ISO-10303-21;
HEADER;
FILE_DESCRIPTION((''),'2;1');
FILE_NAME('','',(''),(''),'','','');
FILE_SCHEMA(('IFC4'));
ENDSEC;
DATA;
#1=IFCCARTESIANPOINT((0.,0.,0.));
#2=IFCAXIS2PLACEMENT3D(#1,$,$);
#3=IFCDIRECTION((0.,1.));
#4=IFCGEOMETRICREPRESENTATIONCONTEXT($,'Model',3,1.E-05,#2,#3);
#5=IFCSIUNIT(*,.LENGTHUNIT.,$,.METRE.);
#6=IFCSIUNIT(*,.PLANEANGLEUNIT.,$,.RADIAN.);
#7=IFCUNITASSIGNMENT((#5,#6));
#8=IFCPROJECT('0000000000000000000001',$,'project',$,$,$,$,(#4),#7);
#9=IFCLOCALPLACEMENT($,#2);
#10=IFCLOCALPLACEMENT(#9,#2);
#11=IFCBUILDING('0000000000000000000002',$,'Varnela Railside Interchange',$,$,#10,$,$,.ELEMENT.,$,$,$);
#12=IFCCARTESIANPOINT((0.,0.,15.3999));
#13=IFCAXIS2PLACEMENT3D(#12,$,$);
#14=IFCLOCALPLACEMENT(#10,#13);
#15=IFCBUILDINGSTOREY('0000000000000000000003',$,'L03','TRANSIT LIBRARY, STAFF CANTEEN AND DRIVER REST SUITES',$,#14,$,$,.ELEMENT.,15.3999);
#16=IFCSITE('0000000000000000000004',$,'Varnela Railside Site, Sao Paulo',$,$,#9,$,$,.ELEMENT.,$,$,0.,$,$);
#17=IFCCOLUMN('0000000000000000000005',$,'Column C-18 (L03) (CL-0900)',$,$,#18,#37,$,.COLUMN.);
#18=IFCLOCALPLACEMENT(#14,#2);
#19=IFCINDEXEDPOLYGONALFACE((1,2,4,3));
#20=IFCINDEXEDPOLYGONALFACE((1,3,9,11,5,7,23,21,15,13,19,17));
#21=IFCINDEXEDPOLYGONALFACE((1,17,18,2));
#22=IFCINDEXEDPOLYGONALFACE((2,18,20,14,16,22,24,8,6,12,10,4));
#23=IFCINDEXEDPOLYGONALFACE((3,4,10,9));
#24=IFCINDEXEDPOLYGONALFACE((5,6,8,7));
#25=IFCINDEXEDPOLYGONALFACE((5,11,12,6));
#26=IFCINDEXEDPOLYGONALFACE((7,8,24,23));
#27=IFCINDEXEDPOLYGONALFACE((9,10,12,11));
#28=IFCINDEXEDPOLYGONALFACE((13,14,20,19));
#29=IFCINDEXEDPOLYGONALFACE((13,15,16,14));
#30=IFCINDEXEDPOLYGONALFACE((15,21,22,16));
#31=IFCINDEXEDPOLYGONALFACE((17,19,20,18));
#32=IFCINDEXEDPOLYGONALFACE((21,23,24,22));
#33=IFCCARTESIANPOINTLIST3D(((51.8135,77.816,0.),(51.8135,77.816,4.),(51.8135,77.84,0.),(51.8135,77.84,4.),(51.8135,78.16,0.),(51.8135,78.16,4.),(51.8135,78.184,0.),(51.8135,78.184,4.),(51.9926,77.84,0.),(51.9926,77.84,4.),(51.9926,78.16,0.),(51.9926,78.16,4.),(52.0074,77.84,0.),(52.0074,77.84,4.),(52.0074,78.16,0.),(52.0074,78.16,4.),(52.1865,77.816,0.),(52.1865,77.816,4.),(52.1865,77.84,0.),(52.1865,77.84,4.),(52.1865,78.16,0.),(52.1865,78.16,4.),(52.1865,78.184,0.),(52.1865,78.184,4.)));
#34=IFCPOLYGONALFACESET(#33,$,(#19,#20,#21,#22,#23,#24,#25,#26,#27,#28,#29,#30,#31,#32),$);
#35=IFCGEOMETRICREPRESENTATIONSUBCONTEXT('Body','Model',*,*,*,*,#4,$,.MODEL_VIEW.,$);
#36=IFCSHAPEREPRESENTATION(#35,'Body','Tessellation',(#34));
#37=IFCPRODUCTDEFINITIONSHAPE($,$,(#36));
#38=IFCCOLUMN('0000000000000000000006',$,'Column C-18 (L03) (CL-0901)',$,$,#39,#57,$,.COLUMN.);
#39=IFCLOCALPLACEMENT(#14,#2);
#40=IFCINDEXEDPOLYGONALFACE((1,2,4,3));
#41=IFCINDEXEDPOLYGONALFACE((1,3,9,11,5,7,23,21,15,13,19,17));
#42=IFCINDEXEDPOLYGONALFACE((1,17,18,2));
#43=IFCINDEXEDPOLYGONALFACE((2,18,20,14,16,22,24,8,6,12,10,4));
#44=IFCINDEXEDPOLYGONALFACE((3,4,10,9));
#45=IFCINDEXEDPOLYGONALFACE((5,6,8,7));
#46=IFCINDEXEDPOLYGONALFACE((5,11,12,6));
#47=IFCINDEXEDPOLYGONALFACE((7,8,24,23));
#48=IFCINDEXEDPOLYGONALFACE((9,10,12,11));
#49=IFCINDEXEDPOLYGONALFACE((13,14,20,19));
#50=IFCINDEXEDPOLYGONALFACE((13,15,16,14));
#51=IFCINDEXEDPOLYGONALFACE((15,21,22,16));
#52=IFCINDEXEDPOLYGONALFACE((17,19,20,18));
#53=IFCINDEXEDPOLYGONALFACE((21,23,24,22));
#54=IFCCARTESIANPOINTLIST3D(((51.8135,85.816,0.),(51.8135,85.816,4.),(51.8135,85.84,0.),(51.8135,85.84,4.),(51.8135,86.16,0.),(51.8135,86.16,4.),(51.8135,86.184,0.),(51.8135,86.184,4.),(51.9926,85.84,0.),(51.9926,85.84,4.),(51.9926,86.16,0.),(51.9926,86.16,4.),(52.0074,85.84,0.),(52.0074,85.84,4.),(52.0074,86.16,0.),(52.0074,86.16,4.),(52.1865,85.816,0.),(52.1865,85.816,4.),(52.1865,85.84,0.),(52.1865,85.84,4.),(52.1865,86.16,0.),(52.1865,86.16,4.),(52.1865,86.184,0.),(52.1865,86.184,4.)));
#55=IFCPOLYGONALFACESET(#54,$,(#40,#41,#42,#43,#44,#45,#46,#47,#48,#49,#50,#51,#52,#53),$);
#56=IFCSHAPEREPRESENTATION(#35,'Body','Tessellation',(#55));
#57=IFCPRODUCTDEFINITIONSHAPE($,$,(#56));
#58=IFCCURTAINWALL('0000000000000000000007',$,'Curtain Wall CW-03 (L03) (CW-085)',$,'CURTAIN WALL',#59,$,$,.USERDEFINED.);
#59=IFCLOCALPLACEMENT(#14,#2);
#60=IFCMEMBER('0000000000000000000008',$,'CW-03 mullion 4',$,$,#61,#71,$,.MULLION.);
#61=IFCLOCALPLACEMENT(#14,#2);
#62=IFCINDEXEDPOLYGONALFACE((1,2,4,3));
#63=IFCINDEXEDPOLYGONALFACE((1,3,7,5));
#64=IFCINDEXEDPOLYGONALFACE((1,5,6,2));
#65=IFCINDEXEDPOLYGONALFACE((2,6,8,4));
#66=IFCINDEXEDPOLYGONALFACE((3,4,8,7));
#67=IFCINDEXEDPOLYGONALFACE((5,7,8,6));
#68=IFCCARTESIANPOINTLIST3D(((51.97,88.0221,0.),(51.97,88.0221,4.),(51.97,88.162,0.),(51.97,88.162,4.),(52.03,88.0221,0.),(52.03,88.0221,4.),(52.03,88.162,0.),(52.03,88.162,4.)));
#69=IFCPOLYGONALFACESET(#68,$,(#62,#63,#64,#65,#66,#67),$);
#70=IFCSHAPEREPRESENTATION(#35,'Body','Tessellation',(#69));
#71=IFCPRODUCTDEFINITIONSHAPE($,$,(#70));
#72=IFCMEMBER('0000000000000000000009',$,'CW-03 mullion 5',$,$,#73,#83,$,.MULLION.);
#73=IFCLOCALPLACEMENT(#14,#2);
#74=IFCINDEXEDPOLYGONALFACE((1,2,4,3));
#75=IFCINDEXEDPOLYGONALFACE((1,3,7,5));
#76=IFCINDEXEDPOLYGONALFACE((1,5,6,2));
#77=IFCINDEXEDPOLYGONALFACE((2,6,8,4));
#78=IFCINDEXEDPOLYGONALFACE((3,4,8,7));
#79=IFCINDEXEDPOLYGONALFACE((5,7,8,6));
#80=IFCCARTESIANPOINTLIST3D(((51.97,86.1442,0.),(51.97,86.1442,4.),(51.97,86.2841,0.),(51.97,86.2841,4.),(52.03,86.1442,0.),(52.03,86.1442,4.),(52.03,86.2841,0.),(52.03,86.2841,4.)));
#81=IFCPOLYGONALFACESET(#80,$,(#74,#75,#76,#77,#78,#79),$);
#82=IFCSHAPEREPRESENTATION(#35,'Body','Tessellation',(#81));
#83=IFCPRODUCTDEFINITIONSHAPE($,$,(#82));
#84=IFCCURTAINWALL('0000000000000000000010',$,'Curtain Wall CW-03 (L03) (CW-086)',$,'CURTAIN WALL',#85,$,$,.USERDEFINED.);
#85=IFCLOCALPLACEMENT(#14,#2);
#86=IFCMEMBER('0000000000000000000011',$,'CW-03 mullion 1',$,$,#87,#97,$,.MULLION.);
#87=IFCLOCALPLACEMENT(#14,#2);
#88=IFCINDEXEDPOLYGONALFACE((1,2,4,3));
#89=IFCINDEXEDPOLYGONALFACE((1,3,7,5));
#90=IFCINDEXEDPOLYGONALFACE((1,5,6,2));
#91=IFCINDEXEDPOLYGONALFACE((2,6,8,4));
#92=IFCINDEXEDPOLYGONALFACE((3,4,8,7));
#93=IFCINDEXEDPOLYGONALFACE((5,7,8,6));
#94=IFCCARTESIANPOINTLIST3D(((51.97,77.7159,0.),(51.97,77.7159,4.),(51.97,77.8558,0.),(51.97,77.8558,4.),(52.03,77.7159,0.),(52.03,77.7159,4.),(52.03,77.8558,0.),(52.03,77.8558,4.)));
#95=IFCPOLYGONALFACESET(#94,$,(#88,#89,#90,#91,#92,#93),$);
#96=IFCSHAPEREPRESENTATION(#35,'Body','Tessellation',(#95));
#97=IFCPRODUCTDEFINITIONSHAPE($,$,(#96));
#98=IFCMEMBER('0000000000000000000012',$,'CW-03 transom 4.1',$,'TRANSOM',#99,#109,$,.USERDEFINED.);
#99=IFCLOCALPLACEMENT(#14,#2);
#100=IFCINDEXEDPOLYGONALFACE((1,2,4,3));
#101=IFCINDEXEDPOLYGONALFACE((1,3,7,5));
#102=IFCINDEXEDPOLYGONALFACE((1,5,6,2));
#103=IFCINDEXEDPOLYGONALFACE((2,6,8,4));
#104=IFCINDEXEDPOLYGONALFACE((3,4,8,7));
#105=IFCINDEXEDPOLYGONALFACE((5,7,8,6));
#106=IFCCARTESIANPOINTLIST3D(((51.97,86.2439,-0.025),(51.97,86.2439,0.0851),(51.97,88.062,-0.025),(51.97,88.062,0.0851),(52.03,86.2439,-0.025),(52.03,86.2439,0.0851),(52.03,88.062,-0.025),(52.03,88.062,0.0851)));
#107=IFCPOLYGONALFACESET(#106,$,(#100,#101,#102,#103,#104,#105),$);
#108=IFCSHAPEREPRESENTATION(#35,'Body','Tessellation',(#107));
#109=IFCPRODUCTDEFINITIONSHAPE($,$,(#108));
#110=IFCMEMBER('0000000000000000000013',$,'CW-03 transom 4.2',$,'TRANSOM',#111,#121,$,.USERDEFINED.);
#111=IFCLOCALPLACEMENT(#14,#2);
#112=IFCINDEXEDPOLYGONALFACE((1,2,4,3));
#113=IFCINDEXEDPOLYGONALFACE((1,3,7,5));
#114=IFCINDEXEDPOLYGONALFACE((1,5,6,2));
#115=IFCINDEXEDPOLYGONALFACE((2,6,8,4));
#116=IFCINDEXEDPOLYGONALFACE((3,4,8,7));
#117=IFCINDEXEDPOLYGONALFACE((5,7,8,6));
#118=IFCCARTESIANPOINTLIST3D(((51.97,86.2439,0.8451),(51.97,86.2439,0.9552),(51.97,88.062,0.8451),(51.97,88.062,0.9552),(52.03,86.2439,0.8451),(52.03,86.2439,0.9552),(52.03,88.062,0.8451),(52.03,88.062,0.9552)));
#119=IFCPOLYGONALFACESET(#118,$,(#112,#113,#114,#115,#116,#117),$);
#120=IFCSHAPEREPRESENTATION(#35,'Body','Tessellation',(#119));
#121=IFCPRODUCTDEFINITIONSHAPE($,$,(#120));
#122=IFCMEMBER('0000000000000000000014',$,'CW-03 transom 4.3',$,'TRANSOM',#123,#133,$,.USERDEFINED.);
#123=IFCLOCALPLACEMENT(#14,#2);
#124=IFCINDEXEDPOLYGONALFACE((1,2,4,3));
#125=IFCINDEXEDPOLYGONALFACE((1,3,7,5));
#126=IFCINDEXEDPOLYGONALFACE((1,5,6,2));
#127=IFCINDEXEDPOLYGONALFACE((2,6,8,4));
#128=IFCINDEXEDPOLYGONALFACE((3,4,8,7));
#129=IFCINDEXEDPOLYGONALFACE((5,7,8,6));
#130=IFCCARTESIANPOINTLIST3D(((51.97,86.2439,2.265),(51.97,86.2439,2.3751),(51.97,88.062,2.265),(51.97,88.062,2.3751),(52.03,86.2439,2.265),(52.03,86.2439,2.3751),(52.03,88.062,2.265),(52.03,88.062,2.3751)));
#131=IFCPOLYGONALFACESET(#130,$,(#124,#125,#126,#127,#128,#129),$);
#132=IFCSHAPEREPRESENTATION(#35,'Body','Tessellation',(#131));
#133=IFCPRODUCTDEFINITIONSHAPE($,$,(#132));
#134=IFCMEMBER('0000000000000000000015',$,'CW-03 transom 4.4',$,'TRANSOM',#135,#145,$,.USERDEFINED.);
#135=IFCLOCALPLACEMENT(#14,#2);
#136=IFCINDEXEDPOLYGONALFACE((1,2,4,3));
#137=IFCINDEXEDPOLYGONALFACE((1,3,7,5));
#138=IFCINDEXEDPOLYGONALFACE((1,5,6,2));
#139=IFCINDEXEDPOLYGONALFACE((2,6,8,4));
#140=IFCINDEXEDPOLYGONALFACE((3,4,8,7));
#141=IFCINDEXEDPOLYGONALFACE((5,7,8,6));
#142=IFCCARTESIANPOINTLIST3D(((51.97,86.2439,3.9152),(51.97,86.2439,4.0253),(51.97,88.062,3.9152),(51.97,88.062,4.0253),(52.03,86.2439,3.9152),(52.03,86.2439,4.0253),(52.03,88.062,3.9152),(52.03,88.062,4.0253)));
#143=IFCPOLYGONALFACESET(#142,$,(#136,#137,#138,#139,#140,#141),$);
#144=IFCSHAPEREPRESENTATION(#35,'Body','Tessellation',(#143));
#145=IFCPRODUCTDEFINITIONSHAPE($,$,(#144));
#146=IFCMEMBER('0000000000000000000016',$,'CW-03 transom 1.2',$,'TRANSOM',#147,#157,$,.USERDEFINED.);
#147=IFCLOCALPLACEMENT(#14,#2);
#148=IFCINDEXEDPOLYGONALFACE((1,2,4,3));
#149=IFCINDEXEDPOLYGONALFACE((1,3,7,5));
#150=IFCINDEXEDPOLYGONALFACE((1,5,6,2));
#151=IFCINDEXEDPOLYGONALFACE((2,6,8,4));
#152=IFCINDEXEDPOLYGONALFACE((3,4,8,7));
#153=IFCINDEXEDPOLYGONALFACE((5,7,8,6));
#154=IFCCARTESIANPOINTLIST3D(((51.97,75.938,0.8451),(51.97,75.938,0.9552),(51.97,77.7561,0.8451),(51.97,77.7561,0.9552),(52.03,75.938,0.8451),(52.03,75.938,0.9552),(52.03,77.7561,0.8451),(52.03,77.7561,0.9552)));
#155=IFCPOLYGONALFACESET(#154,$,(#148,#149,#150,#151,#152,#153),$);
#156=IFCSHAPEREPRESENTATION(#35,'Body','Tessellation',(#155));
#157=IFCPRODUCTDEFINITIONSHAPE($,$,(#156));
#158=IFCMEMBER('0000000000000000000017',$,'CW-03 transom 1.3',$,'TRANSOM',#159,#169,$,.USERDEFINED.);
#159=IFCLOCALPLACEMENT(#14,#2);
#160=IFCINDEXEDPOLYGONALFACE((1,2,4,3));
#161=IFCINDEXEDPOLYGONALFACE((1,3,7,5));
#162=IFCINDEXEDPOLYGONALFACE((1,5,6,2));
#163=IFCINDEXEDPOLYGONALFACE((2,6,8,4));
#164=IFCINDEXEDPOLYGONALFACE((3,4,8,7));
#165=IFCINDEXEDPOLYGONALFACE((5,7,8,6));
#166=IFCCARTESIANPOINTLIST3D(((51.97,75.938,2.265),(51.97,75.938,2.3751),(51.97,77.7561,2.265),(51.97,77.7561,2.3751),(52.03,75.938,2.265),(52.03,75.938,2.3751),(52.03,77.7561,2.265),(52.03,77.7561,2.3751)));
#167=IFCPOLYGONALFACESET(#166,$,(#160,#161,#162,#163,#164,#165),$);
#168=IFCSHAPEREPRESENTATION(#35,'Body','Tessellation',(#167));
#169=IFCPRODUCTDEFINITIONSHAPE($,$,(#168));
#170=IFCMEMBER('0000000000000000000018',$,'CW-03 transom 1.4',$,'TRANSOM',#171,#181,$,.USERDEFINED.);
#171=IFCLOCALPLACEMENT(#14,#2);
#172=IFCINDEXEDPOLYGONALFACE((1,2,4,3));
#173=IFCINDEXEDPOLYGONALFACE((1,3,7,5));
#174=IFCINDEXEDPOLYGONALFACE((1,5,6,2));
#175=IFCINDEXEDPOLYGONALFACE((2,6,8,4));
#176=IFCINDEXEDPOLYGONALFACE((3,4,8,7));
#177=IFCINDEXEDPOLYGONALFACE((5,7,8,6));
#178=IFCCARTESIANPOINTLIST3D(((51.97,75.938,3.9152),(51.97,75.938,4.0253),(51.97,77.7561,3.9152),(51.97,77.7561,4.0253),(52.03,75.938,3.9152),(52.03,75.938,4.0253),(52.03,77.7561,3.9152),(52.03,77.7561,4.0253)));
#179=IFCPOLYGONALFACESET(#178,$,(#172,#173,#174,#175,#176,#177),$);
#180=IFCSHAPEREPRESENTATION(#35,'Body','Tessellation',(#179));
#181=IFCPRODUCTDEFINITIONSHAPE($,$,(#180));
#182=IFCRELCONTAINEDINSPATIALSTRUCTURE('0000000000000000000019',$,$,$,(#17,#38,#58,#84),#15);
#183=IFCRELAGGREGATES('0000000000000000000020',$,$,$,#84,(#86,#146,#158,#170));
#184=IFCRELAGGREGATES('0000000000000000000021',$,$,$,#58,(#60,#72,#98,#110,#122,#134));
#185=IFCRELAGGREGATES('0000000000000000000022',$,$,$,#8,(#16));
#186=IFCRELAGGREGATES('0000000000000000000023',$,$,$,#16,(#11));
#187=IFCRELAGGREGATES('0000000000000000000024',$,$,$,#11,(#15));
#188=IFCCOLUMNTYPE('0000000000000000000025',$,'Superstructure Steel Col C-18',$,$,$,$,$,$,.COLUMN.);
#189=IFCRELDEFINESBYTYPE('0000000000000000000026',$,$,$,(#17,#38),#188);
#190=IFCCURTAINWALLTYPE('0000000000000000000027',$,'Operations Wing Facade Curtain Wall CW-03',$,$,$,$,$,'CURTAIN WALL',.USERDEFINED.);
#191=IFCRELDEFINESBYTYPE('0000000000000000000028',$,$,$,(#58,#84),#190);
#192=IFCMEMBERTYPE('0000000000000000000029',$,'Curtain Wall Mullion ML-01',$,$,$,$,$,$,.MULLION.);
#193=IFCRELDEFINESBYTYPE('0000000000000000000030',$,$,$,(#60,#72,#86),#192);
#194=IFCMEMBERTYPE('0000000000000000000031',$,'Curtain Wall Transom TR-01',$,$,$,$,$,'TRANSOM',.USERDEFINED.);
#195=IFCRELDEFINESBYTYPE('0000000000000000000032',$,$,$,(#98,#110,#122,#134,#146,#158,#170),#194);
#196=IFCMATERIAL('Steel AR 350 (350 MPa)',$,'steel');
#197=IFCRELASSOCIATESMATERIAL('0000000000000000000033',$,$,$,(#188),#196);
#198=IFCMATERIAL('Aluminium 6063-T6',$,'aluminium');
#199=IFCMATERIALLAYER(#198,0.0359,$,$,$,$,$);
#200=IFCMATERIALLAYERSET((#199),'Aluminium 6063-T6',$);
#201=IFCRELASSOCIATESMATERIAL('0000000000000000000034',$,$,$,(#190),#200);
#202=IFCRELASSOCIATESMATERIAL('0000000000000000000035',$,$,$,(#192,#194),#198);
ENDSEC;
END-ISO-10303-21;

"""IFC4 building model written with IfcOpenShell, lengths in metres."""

from ifc_helpers import new_model, si_unit, direction, frame, origin, origin_2d, place, context, subcontext, project, spatial, rectangle, i_section, extrude, material, layer, layer_set, material_profile, profile_set, type_object, element, aggregate, save


model = new_model("IFC4")

# Units and contexts
model_context = context("Model", 3, precision=1e-05, world=origin(), true_north=direction((0.0, 1.0)))
body_context = subcontext(model_context, "Body", "Model", "MODEL_VIEW")
ifc_project = project(units=[si_unit("LENGTHUNIT", "METRE"), si_unit("PLANEANGLEUNIT", "RADIAN")], contexts=[model_context])

# Site, building, storey
site_placement = place(None, origin())
site = spatial("IfcSite", under=ifc_project, at=site_placement, Name="Varnela Railside Site, Sao Paulo", CompositionType="ELEMENT", RefElevation=0.0)
building_placement = place(site_placement, origin())
building = spatial("IfcBuilding", under=site, at=building_placement, Name="Varnela Railside Interchange", CompositionType="ELEMENT")
storey_placement = place(building_placement, frame((0.0, 0.0, 15.3999)))
storey = spatial("IfcBuildingStorey", under=building, at=storey_placement, Name="L03", Description="TRANSIT LIBRARY, STAFF CANTEEN AND DRIVER REST SUITES", CompositionType="ELEMENT", Elevation=15.3999)

# Columns
ifc_material_1 = material(Name="Steel AR 350 (350 MPa)", Category="steel")
ifc_material_profile_1 = material_profile(ifc_material_1, i_section(OverallWidth=0.373, OverallDepth=0.3679, WebThickness=0.0149, FlangeThickness=0.0239, at=origin_2d()), Name="W360x179")
ifc_profile_set_1 = profile_set([ifc_material_profile_1], Name="Steel AR 350 (350 MPa)")
column_type = type_object("IfcColumnType", Name="Superstructure Steel Col C-18", PredefinedType="COLUMN", material=ifc_profile_set_1)
for number, where, z_axis, x_axis, name in (
    (1, (52.0, 78.0, 0.0), (0.0, 0.0, 1.0), (1.0, 0.0, 0.0), "Column C-18 (L03) (CL-0900)"),
    (2, (52.0, 86.0, 0.0), (0.0, 0.0, 1.0), (1.0, 0.0, 0.0), "Column C-18 (L03) (CL-0901)"),
):
    element("IfcColumn", number, at=place(storey_placement, frame(where, z_axis=z_axis, x_axis=x_axis)), inside=storey, type_object=column_type, Name=name, PredefinedType="COLUMN", context=body_context, shape_type="SweptSolid", body=[
        extrude(i_section(OverallWidth=0.373, OverallDepth=0.3679, WebThickness=0.0149, FlangeThickness=0.0239, at=origin_2d()), origin(), (0.0, 0.0, 1.0), 4.0),
    ])

# Curtain wall, members
ifc_material_2 = material(Name="Aluminium 6063-T6", Category="aluminium")
ifc_layer_1 = layer(ifc_material_2, 0.0359)
ifc_layer_set_1 = layer_set([ifc_layer_1], Name="Aluminium 6063-T6")
curtain_wall_type = type_object("IfcCurtainWallType", Name="Operations Wing Facade Curtain Wall CW-03", ElementType="CURTAIN WALL", PredefinedType="USERDEFINED", material=ifc_layer_set_1)
curtain_wall_1_placement = place(storey_placement, origin())
curtain_wall_1 = element("IfcCurtainWall", 3, at=curtain_wall_1_placement, inside=storey, type_object=curtain_wall_type, Name="Curtain Wall CW-03 (L03) (CW-085)", ObjectType="CURTAIN WALL", PredefinedType="USERDEFINED")
ifc_material_profile_2 = material_profile(ifc_material_2, rectangle(XDim=0.0601, YDim=0.1399, at=origin_2d()), Name="ALU 60x140")
ifc_profile_set_2 = profile_set([ifc_material_profile_2], Name="Aluminium 6063-T6")
member_type_1 = type_object("IfcMemberType", Name="Curtain Wall Mullion ML-01", PredefinedType="MULLION", material=ifc_profile_set_2)
member_1_placement = place(storey_placement, frame((52.0, 88.092, 0.0), z_axis=(0.0, 0.0, 1.0), x_axis=(1.0, 0.0, 0.0)))
member_1 = element("IfcMember", 4, at=member_1_placement, type_object=member_type_1, Name="CW-03 mullion 4", PredefinedType="MULLION", context=body_context, shape_type="SweptSolid", body=[
    extrude(rectangle(XDim=0.0601, YDim=0.1399, at=origin_2d()), origin(), (0.0, 0.0, 1.0), 4.0),
])
member_2_placement = place(storey_placement, frame((52.0, 86.2141, 0.0), z_axis=(0.0, 0.0, 1.0), x_axis=(1.0, 0.0, 0.0)))
member_2 = element("IfcMember", 5, at=member_2_placement, type_object=member_type_1, Name="CW-03 mullion 5", PredefinedType="MULLION", context=body_context, shape_type="SweptSolid", body=[
    extrude(rectangle(XDim=0.0601, YDim=0.1399, at=origin_2d()), origin(), (0.0, 0.0, 1.0), 4.0),
])

# Curtain wall, member
curtain_wall_2_placement = place(storey_placement, origin())
curtain_wall_2 = element("IfcCurtainWall", 6, at=curtain_wall_2_placement, inside=storey, type_object=curtain_wall_type, Name="Curtain Wall CW-03 (L03) (CW-086)", ObjectType="CURTAIN WALL", PredefinedType="USERDEFINED")
member_3_placement = place(storey_placement, frame((52.0, 77.7859, 0.0), z_axis=(0.0, 0.0, 1.0), x_axis=(1.0, 0.0, 0.0)))
member_3 = element("IfcMember", 7, at=member_3_placement, type_object=member_type_1, Name="CW-03 mullion 1", PredefinedType="MULLION", context=body_context, shape_type="SweptSolid", body=[
    extrude(rectangle(XDim=0.0601, YDim=0.1399, at=origin_2d()), origin(), (0.0, 0.0, 1.0), 4.0),
])

# Members
ifc_material_profile_3 = material_profile(ifc_material_2, rectangle(XDim=0.0601, YDim=0.1101, at=origin_2d()), Name="ALU 60x110")
ifc_profile_set_3 = profile_set([ifc_material_profile_3], Name="Aluminium 6063-T6")
member_type_2 = type_object("IfcMemberType", Name="Curtain Wall Transom TR-01", ElementType="TRANSOM", PredefinedType="USERDEFINED", material=ifc_profile_set_3)
member_4_placement = place(storey_placement, frame((52.0, 88.062, 0.03), z_axis=(0.0, -1.0, 0.0), x_axis=(1.0, 0.0, 0.0)))
member_4 = element("IfcMember", 8, at=member_4_placement, type_object=member_type_2, Name="CW-03 transom 4.1", ObjectType="TRANSOM", PredefinedType="USERDEFINED", context=body_context, shape_type="SweptSolid", body=[
    extrude(rectangle(XDim=0.0601, YDim=0.1101, at=origin_2d()), origin(), (0.0, 0.0, 1.0), 1.8181),
])
member_5_placement = place(storey_placement, frame((52.0, 88.062, 0.9001), z_axis=(0.0, -1.0, 0.0), x_axis=(1.0, 0.0, 0.0)))
member_5 = element("IfcMember", 9, at=member_5_placement, type_object=member_type_2, Name="CW-03 transom 4.2", ObjectType="TRANSOM", PredefinedType="USERDEFINED", context=body_context, shape_type="SweptSolid", body=[
    extrude(rectangle(XDim=0.0601, YDim=0.1101, at=origin_2d()), origin(), (0.0, 0.0, 1.0), 1.8181),
])
member_6_placement = place(storey_placement, frame((52.0, 88.062, 2.3201), z_axis=(0.0, -1.0, 0.0), x_axis=(1.0, 0.0, 0.0)))
member_6 = element("IfcMember", 10, at=member_6_placement, type_object=member_type_2, Name="CW-03 transom 4.3", ObjectType="TRANSOM", PredefinedType="USERDEFINED", context=body_context, shape_type="SweptSolid", body=[
    extrude(rectangle(XDim=0.0601, YDim=0.1101, at=origin_2d()), origin(), (0.0, 0.0, 1.0), 1.8181),
])
member_7_placement = place(storey_placement, frame((52.0, 88.062, 3.9702), z_axis=(0.0, -1.0, 0.0), x_axis=(1.0, 0.0, 0.0)))
member_7 = element("IfcMember", 11, at=member_7_placement, type_object=member_type_2, Name="CW-03 transom 4.4", ObjectType="TRANSOM", PredefinedType="USERDEFINED", context=body_context, shape_type="SweptSolid", body=[
    extrude(rectangle(XDim=0.0601, YDim=0.1101, at=origin_2d()), origin(), (0.0, 0.0, 1.0), 1.8181),
])
member_8_placement = place(storey_placement, frame((52.0, 77.7561, 0.9001), z_axis=(0.0, -1.0, 0.0), x_axis=(1.0, 0.0, 0.0)))
member_8 = element("IfcMember", 12, at=member_8_placement, type_object=member_type_2, Name="CW-03 transom 1.2", ObjectType="TRANSOM", PredefinedType="USERDEFINED", context=body_context, shape_type="SweptSolid", body=[
    extrude(rectangle(XDim=0.0601, YDim=0.1101, at=origin_2d()), origin(), (0.0, 0.0, 1.0), 1.8181),
])
member_9_placement = place(storey_placement, frame((52.0, 77.7561, 2.3201), z_axis=(0.0, -1.0, 0.0), x_axis=(1.0, 0.0, 0.0)))
member_9 = element("IfcMember", 13, at=member_9_placement, type_object=member_type_2, Name="CW-03 transom 1.3", ObjectType="TRANSOM", PredefinedType="USERDEFINED", context=body_context, shape_type="SweptSolid", body=[
    extrude(rectangle(XDim=0.0601, YDim=0.1101, at=origin_2d()), origin(), (0.0, 0.0, 1.0), 1.8181),
])
member_10_placement = place(storey_placement, frame((52.0, 77.7561, 3.9702), z_axis=(0.0, -1.0, 0.0), x_axis=(1.0, 0.0, 0.0)))
member_10 = element("IfcMember", 14, at=member_10_placement, type_object=member_type_2, Name="CW-03 transom 1.4", ObjectType="TRANSOM", PredefinedType="USERDEFINED", context=body_context, shape_type="SweptSolid", body=[
    extrude(rectangle(XDim=0.0601, YDim=0.1101, at=origin_2d()), origin(), (0.0, 0.0, 1.0), 1.8181),
])
aggregate(curtain_wall_2, [member_3, member_8, member_9, member_10])

aggregate(curtain_wall_1, [member_1, member_2, member_4, member_5, member_6, member_7])

save(model, "model.ifc")
